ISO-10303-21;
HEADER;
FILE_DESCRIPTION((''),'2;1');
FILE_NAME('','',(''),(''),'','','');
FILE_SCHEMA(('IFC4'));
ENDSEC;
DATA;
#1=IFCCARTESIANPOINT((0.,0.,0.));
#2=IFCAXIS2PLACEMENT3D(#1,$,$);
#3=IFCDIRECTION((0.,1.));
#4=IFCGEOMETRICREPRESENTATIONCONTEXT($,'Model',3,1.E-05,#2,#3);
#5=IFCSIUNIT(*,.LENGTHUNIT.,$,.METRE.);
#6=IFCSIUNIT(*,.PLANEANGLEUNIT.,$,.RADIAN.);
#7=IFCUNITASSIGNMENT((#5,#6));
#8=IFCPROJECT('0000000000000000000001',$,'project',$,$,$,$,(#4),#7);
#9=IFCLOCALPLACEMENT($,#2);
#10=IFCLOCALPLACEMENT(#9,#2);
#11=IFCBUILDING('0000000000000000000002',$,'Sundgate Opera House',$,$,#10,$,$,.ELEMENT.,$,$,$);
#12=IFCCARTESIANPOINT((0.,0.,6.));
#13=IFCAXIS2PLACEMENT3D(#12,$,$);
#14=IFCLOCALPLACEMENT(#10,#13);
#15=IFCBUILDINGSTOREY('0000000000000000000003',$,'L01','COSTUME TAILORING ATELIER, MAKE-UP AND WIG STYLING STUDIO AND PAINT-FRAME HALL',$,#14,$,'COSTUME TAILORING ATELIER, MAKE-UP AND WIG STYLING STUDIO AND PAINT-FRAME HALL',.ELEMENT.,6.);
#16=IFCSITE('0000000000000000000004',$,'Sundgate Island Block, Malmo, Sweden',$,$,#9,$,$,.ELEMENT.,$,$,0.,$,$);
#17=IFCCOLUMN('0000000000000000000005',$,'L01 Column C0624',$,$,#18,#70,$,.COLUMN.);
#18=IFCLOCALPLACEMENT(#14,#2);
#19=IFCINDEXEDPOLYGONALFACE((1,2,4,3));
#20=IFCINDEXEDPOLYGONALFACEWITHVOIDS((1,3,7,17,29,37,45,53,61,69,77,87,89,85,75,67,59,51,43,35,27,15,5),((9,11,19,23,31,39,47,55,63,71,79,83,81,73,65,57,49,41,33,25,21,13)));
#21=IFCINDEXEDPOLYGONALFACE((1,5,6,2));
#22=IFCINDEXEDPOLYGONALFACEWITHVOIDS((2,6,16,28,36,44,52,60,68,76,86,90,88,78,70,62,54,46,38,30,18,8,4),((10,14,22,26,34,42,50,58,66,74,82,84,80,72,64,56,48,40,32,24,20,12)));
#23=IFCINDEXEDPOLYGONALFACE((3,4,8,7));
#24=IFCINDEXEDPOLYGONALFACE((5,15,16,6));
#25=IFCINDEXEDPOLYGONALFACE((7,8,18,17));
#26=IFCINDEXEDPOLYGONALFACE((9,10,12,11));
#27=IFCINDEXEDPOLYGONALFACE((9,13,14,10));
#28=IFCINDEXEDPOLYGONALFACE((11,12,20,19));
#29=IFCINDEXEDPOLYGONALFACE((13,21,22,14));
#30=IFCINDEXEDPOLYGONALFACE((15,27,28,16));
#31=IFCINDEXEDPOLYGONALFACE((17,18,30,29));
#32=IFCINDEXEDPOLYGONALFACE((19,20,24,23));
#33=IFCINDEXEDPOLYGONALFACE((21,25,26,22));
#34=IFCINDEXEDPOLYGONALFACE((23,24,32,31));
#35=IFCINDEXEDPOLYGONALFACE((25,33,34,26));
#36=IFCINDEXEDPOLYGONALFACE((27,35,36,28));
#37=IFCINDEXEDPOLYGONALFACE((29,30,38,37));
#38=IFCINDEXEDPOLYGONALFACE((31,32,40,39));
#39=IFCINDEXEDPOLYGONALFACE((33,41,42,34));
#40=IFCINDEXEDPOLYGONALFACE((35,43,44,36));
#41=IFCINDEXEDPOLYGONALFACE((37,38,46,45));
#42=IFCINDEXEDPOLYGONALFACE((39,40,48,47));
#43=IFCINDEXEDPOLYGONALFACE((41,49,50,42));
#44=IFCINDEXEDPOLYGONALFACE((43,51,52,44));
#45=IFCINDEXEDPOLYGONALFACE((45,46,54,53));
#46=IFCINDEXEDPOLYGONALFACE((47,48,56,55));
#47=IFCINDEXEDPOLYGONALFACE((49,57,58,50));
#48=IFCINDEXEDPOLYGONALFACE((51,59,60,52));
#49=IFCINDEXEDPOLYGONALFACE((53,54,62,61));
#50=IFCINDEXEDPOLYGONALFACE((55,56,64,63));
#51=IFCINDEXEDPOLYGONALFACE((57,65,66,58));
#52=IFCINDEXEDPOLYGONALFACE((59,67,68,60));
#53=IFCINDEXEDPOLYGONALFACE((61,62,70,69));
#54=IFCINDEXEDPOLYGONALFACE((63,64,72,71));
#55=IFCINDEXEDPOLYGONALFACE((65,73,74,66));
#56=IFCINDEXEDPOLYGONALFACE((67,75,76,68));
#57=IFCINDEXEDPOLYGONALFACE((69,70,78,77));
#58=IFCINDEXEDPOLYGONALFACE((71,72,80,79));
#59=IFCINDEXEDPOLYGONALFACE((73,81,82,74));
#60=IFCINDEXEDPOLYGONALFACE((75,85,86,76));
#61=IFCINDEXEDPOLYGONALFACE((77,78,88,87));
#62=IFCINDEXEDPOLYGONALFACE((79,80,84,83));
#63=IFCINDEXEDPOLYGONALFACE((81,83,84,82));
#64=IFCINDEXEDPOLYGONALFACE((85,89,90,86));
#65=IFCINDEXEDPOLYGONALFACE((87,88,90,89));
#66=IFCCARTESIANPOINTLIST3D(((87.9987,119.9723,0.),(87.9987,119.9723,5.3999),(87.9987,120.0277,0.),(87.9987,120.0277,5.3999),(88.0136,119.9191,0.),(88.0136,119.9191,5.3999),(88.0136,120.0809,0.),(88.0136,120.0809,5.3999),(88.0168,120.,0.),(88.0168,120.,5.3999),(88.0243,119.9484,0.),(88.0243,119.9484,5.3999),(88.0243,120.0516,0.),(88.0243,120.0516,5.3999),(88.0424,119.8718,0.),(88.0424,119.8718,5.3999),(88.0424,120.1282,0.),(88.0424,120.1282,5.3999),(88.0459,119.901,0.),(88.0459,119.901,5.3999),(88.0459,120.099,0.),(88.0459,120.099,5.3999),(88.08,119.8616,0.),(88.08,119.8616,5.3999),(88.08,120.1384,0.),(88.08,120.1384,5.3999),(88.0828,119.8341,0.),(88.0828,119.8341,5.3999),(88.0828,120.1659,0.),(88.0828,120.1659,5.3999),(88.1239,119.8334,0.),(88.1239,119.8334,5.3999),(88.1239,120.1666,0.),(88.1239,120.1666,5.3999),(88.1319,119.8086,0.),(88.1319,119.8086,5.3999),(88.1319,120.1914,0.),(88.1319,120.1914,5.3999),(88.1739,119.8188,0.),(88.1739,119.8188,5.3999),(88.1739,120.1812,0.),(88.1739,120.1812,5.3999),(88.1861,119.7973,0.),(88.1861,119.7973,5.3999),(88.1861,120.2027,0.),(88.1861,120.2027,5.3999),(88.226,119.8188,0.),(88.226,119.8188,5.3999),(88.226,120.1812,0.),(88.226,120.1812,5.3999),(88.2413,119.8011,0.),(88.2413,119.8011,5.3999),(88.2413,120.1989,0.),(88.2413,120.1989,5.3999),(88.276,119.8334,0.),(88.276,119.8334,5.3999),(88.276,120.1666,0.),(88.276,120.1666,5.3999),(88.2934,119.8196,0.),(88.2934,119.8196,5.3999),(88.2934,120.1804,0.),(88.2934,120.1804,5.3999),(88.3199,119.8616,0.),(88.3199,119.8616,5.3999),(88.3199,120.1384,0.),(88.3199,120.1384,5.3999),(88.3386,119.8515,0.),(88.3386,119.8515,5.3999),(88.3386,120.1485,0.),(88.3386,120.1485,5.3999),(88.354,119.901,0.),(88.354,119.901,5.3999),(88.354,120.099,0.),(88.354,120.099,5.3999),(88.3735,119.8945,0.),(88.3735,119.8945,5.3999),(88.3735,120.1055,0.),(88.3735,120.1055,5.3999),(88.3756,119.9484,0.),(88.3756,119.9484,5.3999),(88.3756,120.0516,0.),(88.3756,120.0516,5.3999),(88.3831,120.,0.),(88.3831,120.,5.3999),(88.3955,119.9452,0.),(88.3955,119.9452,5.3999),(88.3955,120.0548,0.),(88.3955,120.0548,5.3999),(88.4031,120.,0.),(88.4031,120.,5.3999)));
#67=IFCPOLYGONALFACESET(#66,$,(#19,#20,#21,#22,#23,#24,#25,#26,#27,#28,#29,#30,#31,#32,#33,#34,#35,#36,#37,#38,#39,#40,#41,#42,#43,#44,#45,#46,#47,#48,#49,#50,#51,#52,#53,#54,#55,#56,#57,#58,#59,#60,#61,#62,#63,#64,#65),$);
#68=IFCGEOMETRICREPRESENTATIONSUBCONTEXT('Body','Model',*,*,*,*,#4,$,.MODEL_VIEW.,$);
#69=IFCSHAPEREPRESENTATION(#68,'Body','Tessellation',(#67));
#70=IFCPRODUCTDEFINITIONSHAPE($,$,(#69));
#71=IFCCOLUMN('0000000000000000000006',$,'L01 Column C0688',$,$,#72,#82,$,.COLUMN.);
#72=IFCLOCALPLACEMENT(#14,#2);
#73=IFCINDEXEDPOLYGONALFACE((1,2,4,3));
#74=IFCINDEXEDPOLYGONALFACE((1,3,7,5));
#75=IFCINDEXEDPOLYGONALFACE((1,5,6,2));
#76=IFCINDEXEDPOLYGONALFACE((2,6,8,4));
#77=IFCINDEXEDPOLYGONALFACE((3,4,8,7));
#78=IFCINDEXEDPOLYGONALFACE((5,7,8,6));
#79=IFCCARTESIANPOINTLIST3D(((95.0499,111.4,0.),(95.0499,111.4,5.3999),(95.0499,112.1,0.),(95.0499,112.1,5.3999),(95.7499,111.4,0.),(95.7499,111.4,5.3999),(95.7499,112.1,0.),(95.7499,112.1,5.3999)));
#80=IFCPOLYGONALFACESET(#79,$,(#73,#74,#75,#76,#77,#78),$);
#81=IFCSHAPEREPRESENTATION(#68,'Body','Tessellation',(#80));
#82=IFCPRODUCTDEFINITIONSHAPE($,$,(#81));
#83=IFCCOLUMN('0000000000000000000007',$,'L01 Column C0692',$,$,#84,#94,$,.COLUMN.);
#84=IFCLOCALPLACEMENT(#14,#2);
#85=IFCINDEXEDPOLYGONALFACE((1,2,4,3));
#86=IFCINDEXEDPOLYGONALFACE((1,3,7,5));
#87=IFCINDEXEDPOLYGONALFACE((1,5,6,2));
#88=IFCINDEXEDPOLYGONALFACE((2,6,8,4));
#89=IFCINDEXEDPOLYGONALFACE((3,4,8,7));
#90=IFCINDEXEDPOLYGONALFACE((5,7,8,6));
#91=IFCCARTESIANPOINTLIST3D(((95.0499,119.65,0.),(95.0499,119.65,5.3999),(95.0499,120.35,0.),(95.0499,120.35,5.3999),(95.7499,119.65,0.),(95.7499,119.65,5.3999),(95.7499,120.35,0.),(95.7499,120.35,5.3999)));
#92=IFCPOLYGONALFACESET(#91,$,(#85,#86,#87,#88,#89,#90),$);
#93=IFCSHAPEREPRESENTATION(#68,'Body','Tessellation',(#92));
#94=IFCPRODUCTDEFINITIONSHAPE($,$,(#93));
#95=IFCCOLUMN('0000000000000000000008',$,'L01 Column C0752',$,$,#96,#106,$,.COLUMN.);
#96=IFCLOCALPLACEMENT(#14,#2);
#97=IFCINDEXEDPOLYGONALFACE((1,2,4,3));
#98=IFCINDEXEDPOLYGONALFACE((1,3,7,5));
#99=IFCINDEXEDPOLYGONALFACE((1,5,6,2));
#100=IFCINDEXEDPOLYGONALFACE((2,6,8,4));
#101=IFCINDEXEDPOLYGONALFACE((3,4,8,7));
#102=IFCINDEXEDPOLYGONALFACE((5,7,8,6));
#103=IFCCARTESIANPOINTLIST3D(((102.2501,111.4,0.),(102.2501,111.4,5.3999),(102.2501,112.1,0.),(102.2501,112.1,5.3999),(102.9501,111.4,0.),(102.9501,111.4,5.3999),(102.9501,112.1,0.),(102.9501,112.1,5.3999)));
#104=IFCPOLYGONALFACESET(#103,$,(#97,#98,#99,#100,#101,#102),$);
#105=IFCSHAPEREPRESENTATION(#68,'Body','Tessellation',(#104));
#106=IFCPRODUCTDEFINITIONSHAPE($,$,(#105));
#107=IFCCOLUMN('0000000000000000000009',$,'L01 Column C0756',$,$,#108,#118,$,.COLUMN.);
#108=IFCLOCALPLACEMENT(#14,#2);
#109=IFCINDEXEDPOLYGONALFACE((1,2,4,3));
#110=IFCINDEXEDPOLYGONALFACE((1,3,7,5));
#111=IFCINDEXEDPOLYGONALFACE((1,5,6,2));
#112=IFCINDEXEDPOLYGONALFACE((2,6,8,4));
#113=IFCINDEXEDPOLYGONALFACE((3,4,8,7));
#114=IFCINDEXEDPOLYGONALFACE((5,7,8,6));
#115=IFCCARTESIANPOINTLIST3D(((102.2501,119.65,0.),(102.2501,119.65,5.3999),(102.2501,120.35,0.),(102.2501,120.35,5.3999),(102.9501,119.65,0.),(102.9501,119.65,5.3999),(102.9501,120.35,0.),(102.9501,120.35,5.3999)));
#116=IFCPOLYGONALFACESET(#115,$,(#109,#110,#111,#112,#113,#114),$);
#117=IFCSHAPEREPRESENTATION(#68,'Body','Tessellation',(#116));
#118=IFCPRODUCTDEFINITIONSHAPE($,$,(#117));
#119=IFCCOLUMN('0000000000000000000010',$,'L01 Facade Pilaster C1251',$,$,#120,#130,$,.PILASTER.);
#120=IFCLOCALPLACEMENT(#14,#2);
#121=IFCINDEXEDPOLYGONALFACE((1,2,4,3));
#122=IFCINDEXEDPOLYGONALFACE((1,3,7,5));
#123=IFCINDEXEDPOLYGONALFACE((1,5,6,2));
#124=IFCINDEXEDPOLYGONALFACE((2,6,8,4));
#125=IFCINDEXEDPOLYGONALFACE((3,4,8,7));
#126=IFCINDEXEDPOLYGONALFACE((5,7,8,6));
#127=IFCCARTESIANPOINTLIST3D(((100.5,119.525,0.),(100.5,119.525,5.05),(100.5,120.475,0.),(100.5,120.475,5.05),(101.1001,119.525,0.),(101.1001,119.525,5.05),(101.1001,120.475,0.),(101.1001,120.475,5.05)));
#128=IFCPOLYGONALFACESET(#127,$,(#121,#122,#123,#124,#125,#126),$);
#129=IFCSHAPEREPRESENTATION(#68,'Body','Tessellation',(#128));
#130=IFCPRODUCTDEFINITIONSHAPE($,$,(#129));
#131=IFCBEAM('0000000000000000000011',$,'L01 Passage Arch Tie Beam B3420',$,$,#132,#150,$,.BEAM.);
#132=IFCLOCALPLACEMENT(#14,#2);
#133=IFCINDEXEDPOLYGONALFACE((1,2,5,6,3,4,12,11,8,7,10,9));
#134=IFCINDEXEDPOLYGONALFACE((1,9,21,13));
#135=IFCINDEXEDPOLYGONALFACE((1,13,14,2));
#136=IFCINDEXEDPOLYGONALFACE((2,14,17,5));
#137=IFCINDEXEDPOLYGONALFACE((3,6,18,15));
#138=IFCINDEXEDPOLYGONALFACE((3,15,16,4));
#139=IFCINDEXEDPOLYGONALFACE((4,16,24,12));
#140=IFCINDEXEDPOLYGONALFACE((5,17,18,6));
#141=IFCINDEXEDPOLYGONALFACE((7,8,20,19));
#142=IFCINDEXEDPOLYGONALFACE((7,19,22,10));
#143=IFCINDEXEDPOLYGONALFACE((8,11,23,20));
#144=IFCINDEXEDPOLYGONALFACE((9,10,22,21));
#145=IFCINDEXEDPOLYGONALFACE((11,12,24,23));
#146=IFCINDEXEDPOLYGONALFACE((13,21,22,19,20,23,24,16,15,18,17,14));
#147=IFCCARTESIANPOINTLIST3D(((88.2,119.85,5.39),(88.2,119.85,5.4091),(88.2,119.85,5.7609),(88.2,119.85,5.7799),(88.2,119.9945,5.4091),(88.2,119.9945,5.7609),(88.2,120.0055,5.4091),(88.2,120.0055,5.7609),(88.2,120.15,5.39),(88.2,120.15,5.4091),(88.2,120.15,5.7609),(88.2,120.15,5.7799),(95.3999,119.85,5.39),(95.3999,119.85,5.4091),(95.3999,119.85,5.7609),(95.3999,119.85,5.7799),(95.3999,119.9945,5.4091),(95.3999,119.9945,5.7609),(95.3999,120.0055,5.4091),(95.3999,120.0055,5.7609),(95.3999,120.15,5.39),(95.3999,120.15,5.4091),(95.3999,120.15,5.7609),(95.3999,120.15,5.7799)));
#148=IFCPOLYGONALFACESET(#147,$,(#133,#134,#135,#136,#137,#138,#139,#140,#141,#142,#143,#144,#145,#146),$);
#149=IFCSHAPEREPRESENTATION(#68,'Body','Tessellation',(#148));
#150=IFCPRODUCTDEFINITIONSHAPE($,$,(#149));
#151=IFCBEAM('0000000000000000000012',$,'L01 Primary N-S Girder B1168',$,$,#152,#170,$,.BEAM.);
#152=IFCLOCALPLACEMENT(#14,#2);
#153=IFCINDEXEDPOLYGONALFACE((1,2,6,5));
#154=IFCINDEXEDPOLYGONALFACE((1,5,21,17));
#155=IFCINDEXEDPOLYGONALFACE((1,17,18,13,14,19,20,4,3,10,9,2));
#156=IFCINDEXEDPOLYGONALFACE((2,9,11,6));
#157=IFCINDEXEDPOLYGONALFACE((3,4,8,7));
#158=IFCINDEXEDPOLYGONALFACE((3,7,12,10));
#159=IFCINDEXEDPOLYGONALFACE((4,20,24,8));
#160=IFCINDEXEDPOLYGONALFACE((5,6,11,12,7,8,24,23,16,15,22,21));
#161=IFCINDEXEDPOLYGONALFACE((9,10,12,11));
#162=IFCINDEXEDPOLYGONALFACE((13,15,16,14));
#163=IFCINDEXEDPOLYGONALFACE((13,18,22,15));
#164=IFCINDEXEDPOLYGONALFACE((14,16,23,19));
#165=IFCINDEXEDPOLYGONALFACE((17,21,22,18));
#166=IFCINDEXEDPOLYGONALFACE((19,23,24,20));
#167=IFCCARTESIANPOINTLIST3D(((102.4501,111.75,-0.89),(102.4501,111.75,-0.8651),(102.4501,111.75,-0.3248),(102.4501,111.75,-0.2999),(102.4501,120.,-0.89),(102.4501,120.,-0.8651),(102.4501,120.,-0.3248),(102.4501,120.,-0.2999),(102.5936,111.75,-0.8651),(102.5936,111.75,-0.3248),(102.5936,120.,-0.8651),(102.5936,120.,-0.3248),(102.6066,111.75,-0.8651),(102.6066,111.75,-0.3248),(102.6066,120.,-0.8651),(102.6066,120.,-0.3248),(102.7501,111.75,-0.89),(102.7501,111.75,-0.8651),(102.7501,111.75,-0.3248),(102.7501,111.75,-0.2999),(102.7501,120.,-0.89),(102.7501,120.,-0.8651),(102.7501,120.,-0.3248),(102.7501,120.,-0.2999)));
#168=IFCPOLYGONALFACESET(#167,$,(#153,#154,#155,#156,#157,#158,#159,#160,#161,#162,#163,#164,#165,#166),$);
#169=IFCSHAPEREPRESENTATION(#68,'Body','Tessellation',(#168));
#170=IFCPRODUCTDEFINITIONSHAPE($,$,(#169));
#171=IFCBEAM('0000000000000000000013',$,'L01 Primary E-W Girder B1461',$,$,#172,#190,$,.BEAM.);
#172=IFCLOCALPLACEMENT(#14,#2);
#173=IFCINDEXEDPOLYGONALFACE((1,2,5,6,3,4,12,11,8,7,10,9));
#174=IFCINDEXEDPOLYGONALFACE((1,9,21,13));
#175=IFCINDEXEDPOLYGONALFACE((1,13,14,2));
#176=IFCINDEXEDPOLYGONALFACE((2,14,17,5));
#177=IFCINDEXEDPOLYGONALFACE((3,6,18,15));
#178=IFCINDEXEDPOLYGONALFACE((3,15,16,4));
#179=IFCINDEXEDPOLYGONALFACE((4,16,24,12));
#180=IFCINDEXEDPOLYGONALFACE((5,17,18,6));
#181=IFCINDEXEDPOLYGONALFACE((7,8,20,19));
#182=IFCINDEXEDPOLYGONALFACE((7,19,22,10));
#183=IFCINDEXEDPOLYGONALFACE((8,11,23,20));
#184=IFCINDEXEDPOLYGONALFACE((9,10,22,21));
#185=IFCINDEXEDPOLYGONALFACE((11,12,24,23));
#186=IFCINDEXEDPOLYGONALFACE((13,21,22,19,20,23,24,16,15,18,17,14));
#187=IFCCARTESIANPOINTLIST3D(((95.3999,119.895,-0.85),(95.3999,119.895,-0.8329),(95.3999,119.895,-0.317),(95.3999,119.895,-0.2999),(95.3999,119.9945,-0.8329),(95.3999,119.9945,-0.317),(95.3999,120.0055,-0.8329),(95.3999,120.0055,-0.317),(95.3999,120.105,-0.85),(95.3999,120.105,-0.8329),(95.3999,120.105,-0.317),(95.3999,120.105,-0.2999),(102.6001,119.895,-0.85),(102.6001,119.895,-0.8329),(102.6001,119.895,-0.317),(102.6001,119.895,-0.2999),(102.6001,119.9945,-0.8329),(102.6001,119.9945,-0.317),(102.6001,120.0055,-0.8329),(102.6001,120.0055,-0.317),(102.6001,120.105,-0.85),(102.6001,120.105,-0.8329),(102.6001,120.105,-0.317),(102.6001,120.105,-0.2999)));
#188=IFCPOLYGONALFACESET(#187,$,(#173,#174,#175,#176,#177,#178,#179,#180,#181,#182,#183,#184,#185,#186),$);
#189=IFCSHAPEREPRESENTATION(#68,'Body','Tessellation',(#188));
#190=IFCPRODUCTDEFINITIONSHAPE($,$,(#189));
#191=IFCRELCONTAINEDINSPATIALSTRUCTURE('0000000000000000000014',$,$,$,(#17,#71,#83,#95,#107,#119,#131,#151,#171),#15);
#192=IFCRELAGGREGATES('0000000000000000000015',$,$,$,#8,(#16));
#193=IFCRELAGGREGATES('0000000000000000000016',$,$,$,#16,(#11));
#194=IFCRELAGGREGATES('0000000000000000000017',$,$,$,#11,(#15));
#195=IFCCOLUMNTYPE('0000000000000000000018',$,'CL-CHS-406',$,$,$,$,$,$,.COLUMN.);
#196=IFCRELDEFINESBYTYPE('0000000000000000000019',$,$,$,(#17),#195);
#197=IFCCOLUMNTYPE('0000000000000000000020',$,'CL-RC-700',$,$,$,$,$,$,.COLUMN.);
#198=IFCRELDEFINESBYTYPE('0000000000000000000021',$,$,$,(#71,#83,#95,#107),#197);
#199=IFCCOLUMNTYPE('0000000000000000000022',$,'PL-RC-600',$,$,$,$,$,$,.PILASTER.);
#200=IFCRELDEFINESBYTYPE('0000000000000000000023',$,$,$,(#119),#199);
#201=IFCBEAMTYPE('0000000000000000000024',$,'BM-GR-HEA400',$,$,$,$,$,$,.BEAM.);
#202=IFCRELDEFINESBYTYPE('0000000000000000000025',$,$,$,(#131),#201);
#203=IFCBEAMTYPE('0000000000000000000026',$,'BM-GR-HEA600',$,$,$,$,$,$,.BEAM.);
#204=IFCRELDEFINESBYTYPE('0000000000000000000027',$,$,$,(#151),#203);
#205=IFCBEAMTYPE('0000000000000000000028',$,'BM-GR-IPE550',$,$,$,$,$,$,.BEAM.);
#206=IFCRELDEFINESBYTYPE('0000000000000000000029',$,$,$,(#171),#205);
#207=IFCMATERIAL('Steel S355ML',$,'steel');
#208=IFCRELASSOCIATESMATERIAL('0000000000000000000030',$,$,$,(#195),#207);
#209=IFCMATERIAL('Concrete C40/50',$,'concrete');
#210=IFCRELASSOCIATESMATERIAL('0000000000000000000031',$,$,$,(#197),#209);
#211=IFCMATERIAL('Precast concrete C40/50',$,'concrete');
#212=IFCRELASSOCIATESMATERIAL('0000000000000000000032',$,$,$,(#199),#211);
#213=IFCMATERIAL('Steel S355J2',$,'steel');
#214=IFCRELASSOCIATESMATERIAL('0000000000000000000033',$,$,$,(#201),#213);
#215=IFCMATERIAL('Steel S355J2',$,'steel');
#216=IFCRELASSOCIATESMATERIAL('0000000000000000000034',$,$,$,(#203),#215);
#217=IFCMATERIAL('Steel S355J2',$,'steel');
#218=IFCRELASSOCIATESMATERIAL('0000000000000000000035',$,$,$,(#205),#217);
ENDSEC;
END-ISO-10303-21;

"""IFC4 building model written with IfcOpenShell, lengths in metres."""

from ifc_helpers import new_model, si_unit, direction, frame, origin, origin_2d, place, context, subcontext, project, spatial, rectangle, hollow_circle, i_section, extrude, material, material_profile, profile_set, type_object, element, save


model = new_model("IFC4")

# Units and contexts
model_context = context("Model", 3, precision=1e-05, world=origin(), true_north=direction((0.0, 1.0)))
body_context = subcontext(model_context, "Body", "Model", "MODEL_VIEW")
ifc_project = project(units=[si_unit("LENGTHUNIT", "METRE"), si_unit("PLANEANGLEUNIT", "RADIAN")], contexts=[model_context])

# Site, building, storey
site_placement = place(None, origin())
site = spatial("IfcSite", under=ifc_project, at=site_placement, Name="Sundgate Island Block, Malmo, Sweden", CompositionType="ELEMENT", RefElevation=0.0)
building_placement = place(site_placement, origin())
building = spatial("IfcBuilding", under=site, at=building_placement, Name="Sundgate Opera House", CompositionType="ELEMENT")
storey_placement = place(building_placement, frame((0.0, 0.0, 6.0)))
storey = spatial("IfcBuildingStorey", under=building, at=storey_placement, Name="L01", Description="COSTUME TAILORING ATELIER, MAKE-UP AND WIG STYLING STUDIO AND PAINT-FRAME HALL", LongName="COSTUME TAILORING ATELIER, MAKE-UP AND WIG STYLING STUDIO AND PAINT-FRAME HALL", CompositionType="ELEMENT", Elevation=6.0)

# Columns
ifc_material_1 = material(Name="Steel S355ML", Category="steel")
ifc_material_profile_1 = material_profile(ifc_material_1, hollow_circle(Radius=0.2031, WallThickness=0.02, at=origin_2d()), Name="CHS 406.4x20.0")
ifc_profile_set_1 = profile_set([ifc_material_profile_1], Name="Steel S355ML")
column_type_1 = type_object("IfcColumnType", Name="CL-CHS-406", PredefinedType="COLUMN", material=ifc_profile_set_1)
column_1_placement = place(storey_placement, frame((88.2, 120.0, 0.0), z_axis=(0.0, 0.0, 1.0), x_axis=(1.0, 0.0, 0.0)))
element("IfcColumn", 1, at=column_1_placement, inside=storey, type_object=column_type_1, Name="L01 Column C0624", PredefinedType="COLUMN", context=body_context, shape_type="SweptSolid", body=[
    extrude(hollow_circle(Radius=0.2031, WallThickness=0.02, at=origin_2d()), origin(), (0.0, 0.0, 1.0), 5.3999),
])
ifc_material_2 = material(Name="Concrete C40/50", Category="concrete")
ifc_material_profile_2 = material_profile(ifc_material_2, rectangle(XDim=0.7, YDim=0.7, at=origin_2d()), Name="RC 700x700")
ifc_profile_set_2 = profile_set([ifc_material_profile_2], Name="Concrete C40/50")
column_type_2 = type_object("IfcColumnType", Name="CL-RC-700", PredefinedType="COLUMN", material=ifc_profile_set_2)
for number, where, z_axis, x_axis, name in (
    (2, (95.3999, 111.75, 0.0), (0.0, 0.0, 1.0), (1.0, 0.0, 0.0), "L01 Column C0688"),
    (3, (95.3999, 120.0, 0.0), (0.0, 0.0, 1.0), (1.0, 0.0, 0.0), "L01 Column C0692"),
    (4, (102.6001, 111.75, 0.0), (0.0, 0.0, 1.0), (1.0, 0.0, 0.0), "L01 Column C0752"),
    (5, (102.6001, 120.0, 0.0), (0.0, 0.0, 1.0), (1.0, 0.0, 0.0), "L01 Column C0756"),
):
    element("IfcColumn", number, at=place(storey_placement, frame(where, z_axis=z_axis, x_axis=x_axis)), inside=storey, type_object=column_type_2, Name=name, PredefinedType="COLUMN", context=body_context, shape_type="SweptSolid", body=[
        extrude(rectangle(XDim=0.7, YDim=0.7, at=origin_2d()), origin(), (0.0, 0.0, 1.0), 5.3999),
    ])
ifc_material_3 = material(Name="Precast concrete C40/50", Category="concrete")
ifc_material_profile_3 = material_profile(ifc_material_3, rectangle(XDim=0.6001, YDim=0.95, at=origin_2d()), Name="RC 600x950")
ifc_profile_set_3 = profile_set([ifc_material_profile_3], Name="Precast concrete C40/50")
column_type_3 = type_object("IfcColumnType", Name="PL-RC-600", PredefinedType="PILASTER", material=ifc_profile_set_3)
column_2_placement = place(storey_placement, frame((100.8, 120.0, 0.0), z_axis=(0.0, 0.0, 1.0), x_axis=(1.0, 0.0, 0.0)))
element("IfcColumn", 6, at=column_2_placement, inside=storey, type_object=column_type_3, Name="L01 Facade Pilaster C1251", PredefinedType="PILASTER", context=body_context, shape_type="SweptSolid", body=[
    extrude(rectangle(XDim=0.6001, YDim=0.95, at=origin_2d()), origin(), (0.0, 0.0, 1.0), 5.05),
])

# Beams
ifc_material_4 = material(Name="Steel S355J2", Category="steel")
ifc_material_profile_4 = material_profile(ifc_material_4, i_section(OverallWidth=0.3, OverallDepth=0.3899, WebThickness=0.011, FlangeThickness=0.019, at=origin_2d()), Name="HEA 400")
ifc_profile_set_4 = profile_set([ifc_material_profile_4], Name="Steel S355J2")
beam_type_1 = type_object("IfcBeamType", Name="BM-GR-HEA400", PredefinedType="BEAM", material=ifc_profile_set_4)
beam_1_placement = place(storey_placement, frame((88.2, 120.0, 5.585), z_axis=(1.0, 0.0, 0.0), x_axis=(0.0, 1.0, 0.0)))
element("IfcBeam", 7, at=beam_1_placement, inside=storey, type_object=beam_type_1, Name="L01 Passage Arch Tie Beam B3420", PredefinedType="BEAM", context=body_context, shape_type="SweptSolid", body=[
    extrude(i_section(OverallWidth=0.3, OverallDepth=0.3899, WebThickness=0.011, FlangeThickness=0.019, at=origin_2d()), origin(), (0.0, 0.0, 1.0), 7.2),
])
ifc_material_5 = material(Name="Steel S355J2", Category="steel")
ifc_material_profile_5 = material_profile(ifc_material_5, i_section(OverallWidth=0.3, OverallDepth=0.5901, WebThickness=0.0129, FlangeThickness=0.0249, at=origin_2d()), Name="HEA 600")
ifc_profile_set_5 = profile_set([ifc_material_profile_5], Name="Steel S355J2")
beam_type_2 = type_object("IfcBeamType", Name="BM-GR-HEA600", PredefinedType="BEAM", material=ifc_profile_set_5)
beam_2_placement = place(storey_placement, frame((102.6001, 111.75, -0.595), z_axis=(0.0, 1.0, 0.0), x_axis=(-1.0, 0.0, 0.0)))
element("IfcBeam", 8, at=beam_2_placement, inside=storey, type_object=beam_type_2, Name="L01 Primary N-S Girder B1168", PredefinedType="BEAM", context=body_context, shape_type="SweptSolid", body=[
    extrude(i_section(OverallWidth=0.3, OverallDepth=0.5901, WebThickness=0.0129, FlangeThickness=0.0249, at=origin_2d()), origin(), (0.0, 0.0, 1.0), 8.25),
])
ifc_material_6 = material(Name="Steel S355J2", Category="steel")
ifc_material_profile_6 = material_profile(ifc_material_6, i_section(OverallWidth=0.21, OverallDepth=0.55, WebThickness=0.011, FlangeThickness=0.0171, at=origin_2d()), Name="IPE 550")
ifc_profile_set_6 = profile_set([ifc_material_profile_6], Name="Steel S355J2")
beam_type_3 = type_object("IfcBeamType", Name="BM-GR-IPE550", PredefinedType="BEAM", material=ifc_profile_set_6)
beam_3_placement = place(storey_placement, frame((95.3999, 120.0, -0.575), z_axis=(1.0, 0.0, 0.0), x_axis=(0.0, 1.0, 0.0)))
element("IfcBeam", 9, at=beam_3_placement, inside=storey, type_object=beam_type_3, Name="L01 Primary E-W Girder B1461", PredefinedType="BEAM", context=body_context, shape_type="SweptSolid", body=[
    extrude(i_section(OverallWidth=0.21, OverallDepth=0.55, WebThickness=0.011, FlangeThickness=0.0171, at=origin_2d()), origin(), (0.0, 0.0, 1.0), 7.2002),
])

save(model, "model.ifc")
